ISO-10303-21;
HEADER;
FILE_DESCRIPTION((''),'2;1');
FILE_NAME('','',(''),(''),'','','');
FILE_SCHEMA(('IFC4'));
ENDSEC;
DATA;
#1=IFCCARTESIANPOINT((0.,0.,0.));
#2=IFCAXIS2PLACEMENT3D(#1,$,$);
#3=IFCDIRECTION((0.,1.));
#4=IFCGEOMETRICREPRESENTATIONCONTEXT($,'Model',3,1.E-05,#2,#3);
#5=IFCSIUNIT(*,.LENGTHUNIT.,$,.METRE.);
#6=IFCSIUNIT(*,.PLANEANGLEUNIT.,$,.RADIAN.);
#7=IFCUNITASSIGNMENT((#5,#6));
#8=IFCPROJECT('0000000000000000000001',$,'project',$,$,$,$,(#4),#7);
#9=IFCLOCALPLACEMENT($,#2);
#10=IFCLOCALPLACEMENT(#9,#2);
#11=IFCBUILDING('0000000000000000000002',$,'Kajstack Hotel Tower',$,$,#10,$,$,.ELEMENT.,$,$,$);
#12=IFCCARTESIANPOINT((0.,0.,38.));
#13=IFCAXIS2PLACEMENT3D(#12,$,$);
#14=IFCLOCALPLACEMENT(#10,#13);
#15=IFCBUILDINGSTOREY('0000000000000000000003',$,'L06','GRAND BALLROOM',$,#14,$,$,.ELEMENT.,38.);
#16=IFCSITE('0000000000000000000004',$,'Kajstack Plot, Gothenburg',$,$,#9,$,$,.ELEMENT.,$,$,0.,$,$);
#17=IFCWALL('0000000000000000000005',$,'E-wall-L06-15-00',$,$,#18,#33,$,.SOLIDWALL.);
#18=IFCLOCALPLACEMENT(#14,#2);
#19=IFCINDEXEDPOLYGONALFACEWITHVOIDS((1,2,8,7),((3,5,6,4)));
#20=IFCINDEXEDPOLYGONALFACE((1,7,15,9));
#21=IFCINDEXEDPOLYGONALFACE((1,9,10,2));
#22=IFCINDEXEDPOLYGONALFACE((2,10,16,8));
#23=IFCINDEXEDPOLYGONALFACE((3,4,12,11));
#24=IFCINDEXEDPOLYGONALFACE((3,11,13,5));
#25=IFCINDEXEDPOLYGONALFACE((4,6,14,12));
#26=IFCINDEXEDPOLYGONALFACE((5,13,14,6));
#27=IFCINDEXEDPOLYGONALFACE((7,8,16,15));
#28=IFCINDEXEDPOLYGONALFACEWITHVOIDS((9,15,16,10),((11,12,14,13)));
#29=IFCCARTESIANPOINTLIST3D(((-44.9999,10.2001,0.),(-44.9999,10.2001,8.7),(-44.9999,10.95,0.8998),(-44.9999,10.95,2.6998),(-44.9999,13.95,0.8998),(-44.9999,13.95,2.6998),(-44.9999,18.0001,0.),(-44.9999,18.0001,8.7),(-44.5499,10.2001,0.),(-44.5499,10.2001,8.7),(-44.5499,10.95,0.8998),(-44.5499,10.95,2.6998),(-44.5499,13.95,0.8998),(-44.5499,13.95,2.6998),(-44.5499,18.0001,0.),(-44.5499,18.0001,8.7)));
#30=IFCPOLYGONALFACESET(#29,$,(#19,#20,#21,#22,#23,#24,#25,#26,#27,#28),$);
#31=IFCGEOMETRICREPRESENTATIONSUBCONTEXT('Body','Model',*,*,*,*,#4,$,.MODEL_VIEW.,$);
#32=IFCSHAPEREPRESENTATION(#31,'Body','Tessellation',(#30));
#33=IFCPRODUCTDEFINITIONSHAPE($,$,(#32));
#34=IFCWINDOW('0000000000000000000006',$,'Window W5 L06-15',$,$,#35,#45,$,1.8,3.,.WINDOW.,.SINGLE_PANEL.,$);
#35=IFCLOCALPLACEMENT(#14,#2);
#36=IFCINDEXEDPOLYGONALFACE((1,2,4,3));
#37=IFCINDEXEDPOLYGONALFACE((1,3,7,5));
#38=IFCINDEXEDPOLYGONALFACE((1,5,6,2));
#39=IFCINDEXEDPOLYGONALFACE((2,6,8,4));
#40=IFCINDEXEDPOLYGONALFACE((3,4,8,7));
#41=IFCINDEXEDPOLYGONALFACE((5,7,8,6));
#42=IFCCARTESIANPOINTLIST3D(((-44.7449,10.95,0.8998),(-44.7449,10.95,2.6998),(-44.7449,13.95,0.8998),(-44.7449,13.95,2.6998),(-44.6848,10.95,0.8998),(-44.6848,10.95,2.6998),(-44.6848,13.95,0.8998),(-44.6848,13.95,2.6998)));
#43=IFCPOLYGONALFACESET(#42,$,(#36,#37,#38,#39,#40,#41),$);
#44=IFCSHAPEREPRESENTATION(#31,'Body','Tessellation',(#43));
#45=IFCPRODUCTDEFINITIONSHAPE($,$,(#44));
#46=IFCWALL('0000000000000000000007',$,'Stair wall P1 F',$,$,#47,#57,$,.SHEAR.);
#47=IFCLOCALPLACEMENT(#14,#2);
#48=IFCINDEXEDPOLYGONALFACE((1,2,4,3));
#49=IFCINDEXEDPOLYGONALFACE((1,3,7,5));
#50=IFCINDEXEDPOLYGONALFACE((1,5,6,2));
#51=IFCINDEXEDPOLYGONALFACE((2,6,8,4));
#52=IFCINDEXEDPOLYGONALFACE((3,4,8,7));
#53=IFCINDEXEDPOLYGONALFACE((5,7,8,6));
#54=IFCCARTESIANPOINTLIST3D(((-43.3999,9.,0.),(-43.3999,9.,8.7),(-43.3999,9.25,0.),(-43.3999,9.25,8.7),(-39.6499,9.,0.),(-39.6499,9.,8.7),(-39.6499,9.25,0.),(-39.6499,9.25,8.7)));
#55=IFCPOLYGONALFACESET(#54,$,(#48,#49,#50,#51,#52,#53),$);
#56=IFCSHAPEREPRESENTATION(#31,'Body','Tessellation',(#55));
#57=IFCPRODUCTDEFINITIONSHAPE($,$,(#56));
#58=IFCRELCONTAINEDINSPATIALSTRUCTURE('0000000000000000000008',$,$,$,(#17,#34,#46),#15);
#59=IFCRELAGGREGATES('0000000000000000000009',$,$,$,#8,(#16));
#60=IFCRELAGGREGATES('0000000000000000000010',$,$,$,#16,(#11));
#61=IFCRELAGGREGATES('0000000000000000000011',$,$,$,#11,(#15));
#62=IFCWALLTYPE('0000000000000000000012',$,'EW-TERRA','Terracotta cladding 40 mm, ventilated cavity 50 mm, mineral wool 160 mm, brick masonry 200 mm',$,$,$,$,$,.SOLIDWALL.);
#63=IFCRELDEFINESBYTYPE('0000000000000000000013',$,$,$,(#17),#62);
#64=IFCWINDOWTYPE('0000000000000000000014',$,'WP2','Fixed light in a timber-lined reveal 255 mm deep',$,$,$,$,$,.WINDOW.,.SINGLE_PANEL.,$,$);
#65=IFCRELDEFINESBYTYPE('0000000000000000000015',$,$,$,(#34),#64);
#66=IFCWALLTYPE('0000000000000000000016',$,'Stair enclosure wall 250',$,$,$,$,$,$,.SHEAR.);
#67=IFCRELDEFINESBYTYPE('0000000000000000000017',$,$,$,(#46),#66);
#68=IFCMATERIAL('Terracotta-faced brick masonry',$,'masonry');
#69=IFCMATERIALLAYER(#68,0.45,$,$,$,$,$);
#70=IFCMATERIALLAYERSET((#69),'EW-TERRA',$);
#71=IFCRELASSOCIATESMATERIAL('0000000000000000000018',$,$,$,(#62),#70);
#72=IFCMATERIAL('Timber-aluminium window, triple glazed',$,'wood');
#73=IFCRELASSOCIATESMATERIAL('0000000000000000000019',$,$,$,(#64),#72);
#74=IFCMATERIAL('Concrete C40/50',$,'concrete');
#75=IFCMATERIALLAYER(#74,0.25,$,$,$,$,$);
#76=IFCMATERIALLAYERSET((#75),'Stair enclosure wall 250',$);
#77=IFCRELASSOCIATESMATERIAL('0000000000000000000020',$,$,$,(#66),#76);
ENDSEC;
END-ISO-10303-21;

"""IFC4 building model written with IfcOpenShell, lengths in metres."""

from ifc_helpers import new_model, si_unit, direction, frame, frame_2d, origin, place, context, subcontext, project, spatial, rectangle, extrude, material, layer, layer_set, type_object, element, fill, save


model = new_model("IFC4")

# Units and contexts
model_context = context("Model", 3, precision=1e-05, world=origin(), true_north=direction((0.0, 1.0)))
body_context = subcontext(model_context, "Body", "Model", "MODEL_VIEW")
ifc_project = project(units=[si_unit("LENGTHUNIT", "METRE"), si_unit("PLANEANGLEUNIT", "RADIAN")], contexts=[model_context])

# Site, building, storey
site_placement = place(None, origin())
site = spatial("IfcSite", under=ifc_project, at=site_placement, Name="Kajstack Plot, Gothenburg", CompositionType="ELEMENT", RefElevation=0.0)
building_placement = place(site_placement, origin())
building = spatial("IfcBuilding", under=site, at=building_placement, Name="Kajstack Hotel Tower", CompositionType="ELEMENT")
storey_placement = place(building_placement, frame((0.0, 0.0, 38.0)))
storey = spatial("IfcBuildingStorey", under=building, at=storey_placement, Name="L06", Description="GRAND BALLROOM", CompositionType="ELEMENT", Elevation=38.0)

# Shared definitions
ifc_material_1 = material(Name="Terracotta-faced brick masonry", Category="masonry")
ifc_layer_1 = layer(ifc_material_1, 0.45)
ifc_layer_set_1 = layer_set([ifc_layer_1], Name="EW-TERRA")
wall_type_1 = type_object("IfcWallType", Name="EW-TERRA", Description="Terracotta cladding 40 mm, ventilated cavity 50 mm, mineral wool 160 mm, brick masonry 200 mm", PredefinedType="SOLIDWALL", material=ifc_layer_set_1)

# Wall, opening, window
wall_1_placement = place(storey_placement, frame((-44.7749, 18.0, 0.0), z_axis=(0.0, 0.0, 1.0), x_axis=(0.0, -1.0, 0.0)))
wall_1 = element("IfcWall", 1, at=wall_1_placement, inside=storey, type_object=wall_type_1, Name="E-wall-L06-15-00", PredefinedType="SOLIDWALL", context=body_context, shape_type="SweptSolid", body=[
    extrude(rectangle(XDim=7.8, YDim=0.45, at=frame_2d((3.8999, 0.0))), origin(), (0.0, 0.0, 1.0), 8.7),
])
opening_placement = place(wall_1_placement, frame((4.05, 0.0, 0.8999)))
opening = element("IfcOpeningElement", 2, at=opening_placement, cuts=wall_1, PredefinedType="OPENING", context=body_context, shape_type="SweptSolid", body=[
    extrude(rectangle(XDim=3.0, YDim=1.8, at=frame_2d((1.5, 0.8999))), frame((0.0, 0.2349, 0.0), z_axis=(0.0, -1.0, 0.0), x_axis=(1.0, 0.0, 0.0)), (0.0, 0.0, 1.0), 0.47),
])
ifc_material_2 = material(Name="Timber-aluminium window, triple glazed", Category="wood")
window_type = type_object("IfcWindowType", Name="WP2", Description="Fixed light in a timber-lined reveal 255 mm deep", PartitioningType="SINGLE_PANEL", PredefinedType="WINDOW", material=ifc_material_2)
window_placement = place(opening_placement, origin())
window = element("IfcWindow", 3, at=window_placement, inside=storey, type_object=window_type, Name="Window W5 L06-15", OverallHeight=1.8, OverallWidth=3.0, PartitioningType="SINGLE_PANEL", PredefinedType="WINDOW", context=body_context, shape_type="SweptSolid", body=[
    extrude(rectangle(XDim=3.0, YDim=1.8, at=frame_2d((1.5, 0.8999))), frame((0.0, 0.0901, 0.0), z_axis=(0.0, -1.0, 0.0), x_axis=(1.0, 0.0, 0.0)), (0.0, 0.0, 1.0), 0.0601),
])
fill(opening, window)

# Wall
ifc_material_3 = material(Name="Concrete C40/50", Category="concrete")
ifc_layer_2 = layer(ifc_material_3, 0.25)
ifc_layer_set_2 = layer_set([ifc_layer_2], Name="Stair enclosure wall 250")
wall_type_2 = type_object("IfcWallType", Name="Stair enclosure wall 250", PredefinedType="SHEAR", material=ifc_layer_set_2)
wall_2_placement = place(storey_placement, frame((-43.3999, 9.125, 0.0), z_axis=(0.0, 0.0, 1.0), x_axis=(1.0, 0.0, 0.0)))
element("IfcWall", 4, at=wall_2_placement, inside=storey, type_object=wall_type_2, Name="Stair wall P1 F", PredefinedType="SHEAR", context=body_context, shape_type="SweptSolid", body=[
    extrude(rectangle(XDim=3.75, YDim=0.25, at=frame_2d((1.875, 0.0))), origin(), (0.0, 0.0, 1.0), 8.7),
])

save(model, "model.ifc")
